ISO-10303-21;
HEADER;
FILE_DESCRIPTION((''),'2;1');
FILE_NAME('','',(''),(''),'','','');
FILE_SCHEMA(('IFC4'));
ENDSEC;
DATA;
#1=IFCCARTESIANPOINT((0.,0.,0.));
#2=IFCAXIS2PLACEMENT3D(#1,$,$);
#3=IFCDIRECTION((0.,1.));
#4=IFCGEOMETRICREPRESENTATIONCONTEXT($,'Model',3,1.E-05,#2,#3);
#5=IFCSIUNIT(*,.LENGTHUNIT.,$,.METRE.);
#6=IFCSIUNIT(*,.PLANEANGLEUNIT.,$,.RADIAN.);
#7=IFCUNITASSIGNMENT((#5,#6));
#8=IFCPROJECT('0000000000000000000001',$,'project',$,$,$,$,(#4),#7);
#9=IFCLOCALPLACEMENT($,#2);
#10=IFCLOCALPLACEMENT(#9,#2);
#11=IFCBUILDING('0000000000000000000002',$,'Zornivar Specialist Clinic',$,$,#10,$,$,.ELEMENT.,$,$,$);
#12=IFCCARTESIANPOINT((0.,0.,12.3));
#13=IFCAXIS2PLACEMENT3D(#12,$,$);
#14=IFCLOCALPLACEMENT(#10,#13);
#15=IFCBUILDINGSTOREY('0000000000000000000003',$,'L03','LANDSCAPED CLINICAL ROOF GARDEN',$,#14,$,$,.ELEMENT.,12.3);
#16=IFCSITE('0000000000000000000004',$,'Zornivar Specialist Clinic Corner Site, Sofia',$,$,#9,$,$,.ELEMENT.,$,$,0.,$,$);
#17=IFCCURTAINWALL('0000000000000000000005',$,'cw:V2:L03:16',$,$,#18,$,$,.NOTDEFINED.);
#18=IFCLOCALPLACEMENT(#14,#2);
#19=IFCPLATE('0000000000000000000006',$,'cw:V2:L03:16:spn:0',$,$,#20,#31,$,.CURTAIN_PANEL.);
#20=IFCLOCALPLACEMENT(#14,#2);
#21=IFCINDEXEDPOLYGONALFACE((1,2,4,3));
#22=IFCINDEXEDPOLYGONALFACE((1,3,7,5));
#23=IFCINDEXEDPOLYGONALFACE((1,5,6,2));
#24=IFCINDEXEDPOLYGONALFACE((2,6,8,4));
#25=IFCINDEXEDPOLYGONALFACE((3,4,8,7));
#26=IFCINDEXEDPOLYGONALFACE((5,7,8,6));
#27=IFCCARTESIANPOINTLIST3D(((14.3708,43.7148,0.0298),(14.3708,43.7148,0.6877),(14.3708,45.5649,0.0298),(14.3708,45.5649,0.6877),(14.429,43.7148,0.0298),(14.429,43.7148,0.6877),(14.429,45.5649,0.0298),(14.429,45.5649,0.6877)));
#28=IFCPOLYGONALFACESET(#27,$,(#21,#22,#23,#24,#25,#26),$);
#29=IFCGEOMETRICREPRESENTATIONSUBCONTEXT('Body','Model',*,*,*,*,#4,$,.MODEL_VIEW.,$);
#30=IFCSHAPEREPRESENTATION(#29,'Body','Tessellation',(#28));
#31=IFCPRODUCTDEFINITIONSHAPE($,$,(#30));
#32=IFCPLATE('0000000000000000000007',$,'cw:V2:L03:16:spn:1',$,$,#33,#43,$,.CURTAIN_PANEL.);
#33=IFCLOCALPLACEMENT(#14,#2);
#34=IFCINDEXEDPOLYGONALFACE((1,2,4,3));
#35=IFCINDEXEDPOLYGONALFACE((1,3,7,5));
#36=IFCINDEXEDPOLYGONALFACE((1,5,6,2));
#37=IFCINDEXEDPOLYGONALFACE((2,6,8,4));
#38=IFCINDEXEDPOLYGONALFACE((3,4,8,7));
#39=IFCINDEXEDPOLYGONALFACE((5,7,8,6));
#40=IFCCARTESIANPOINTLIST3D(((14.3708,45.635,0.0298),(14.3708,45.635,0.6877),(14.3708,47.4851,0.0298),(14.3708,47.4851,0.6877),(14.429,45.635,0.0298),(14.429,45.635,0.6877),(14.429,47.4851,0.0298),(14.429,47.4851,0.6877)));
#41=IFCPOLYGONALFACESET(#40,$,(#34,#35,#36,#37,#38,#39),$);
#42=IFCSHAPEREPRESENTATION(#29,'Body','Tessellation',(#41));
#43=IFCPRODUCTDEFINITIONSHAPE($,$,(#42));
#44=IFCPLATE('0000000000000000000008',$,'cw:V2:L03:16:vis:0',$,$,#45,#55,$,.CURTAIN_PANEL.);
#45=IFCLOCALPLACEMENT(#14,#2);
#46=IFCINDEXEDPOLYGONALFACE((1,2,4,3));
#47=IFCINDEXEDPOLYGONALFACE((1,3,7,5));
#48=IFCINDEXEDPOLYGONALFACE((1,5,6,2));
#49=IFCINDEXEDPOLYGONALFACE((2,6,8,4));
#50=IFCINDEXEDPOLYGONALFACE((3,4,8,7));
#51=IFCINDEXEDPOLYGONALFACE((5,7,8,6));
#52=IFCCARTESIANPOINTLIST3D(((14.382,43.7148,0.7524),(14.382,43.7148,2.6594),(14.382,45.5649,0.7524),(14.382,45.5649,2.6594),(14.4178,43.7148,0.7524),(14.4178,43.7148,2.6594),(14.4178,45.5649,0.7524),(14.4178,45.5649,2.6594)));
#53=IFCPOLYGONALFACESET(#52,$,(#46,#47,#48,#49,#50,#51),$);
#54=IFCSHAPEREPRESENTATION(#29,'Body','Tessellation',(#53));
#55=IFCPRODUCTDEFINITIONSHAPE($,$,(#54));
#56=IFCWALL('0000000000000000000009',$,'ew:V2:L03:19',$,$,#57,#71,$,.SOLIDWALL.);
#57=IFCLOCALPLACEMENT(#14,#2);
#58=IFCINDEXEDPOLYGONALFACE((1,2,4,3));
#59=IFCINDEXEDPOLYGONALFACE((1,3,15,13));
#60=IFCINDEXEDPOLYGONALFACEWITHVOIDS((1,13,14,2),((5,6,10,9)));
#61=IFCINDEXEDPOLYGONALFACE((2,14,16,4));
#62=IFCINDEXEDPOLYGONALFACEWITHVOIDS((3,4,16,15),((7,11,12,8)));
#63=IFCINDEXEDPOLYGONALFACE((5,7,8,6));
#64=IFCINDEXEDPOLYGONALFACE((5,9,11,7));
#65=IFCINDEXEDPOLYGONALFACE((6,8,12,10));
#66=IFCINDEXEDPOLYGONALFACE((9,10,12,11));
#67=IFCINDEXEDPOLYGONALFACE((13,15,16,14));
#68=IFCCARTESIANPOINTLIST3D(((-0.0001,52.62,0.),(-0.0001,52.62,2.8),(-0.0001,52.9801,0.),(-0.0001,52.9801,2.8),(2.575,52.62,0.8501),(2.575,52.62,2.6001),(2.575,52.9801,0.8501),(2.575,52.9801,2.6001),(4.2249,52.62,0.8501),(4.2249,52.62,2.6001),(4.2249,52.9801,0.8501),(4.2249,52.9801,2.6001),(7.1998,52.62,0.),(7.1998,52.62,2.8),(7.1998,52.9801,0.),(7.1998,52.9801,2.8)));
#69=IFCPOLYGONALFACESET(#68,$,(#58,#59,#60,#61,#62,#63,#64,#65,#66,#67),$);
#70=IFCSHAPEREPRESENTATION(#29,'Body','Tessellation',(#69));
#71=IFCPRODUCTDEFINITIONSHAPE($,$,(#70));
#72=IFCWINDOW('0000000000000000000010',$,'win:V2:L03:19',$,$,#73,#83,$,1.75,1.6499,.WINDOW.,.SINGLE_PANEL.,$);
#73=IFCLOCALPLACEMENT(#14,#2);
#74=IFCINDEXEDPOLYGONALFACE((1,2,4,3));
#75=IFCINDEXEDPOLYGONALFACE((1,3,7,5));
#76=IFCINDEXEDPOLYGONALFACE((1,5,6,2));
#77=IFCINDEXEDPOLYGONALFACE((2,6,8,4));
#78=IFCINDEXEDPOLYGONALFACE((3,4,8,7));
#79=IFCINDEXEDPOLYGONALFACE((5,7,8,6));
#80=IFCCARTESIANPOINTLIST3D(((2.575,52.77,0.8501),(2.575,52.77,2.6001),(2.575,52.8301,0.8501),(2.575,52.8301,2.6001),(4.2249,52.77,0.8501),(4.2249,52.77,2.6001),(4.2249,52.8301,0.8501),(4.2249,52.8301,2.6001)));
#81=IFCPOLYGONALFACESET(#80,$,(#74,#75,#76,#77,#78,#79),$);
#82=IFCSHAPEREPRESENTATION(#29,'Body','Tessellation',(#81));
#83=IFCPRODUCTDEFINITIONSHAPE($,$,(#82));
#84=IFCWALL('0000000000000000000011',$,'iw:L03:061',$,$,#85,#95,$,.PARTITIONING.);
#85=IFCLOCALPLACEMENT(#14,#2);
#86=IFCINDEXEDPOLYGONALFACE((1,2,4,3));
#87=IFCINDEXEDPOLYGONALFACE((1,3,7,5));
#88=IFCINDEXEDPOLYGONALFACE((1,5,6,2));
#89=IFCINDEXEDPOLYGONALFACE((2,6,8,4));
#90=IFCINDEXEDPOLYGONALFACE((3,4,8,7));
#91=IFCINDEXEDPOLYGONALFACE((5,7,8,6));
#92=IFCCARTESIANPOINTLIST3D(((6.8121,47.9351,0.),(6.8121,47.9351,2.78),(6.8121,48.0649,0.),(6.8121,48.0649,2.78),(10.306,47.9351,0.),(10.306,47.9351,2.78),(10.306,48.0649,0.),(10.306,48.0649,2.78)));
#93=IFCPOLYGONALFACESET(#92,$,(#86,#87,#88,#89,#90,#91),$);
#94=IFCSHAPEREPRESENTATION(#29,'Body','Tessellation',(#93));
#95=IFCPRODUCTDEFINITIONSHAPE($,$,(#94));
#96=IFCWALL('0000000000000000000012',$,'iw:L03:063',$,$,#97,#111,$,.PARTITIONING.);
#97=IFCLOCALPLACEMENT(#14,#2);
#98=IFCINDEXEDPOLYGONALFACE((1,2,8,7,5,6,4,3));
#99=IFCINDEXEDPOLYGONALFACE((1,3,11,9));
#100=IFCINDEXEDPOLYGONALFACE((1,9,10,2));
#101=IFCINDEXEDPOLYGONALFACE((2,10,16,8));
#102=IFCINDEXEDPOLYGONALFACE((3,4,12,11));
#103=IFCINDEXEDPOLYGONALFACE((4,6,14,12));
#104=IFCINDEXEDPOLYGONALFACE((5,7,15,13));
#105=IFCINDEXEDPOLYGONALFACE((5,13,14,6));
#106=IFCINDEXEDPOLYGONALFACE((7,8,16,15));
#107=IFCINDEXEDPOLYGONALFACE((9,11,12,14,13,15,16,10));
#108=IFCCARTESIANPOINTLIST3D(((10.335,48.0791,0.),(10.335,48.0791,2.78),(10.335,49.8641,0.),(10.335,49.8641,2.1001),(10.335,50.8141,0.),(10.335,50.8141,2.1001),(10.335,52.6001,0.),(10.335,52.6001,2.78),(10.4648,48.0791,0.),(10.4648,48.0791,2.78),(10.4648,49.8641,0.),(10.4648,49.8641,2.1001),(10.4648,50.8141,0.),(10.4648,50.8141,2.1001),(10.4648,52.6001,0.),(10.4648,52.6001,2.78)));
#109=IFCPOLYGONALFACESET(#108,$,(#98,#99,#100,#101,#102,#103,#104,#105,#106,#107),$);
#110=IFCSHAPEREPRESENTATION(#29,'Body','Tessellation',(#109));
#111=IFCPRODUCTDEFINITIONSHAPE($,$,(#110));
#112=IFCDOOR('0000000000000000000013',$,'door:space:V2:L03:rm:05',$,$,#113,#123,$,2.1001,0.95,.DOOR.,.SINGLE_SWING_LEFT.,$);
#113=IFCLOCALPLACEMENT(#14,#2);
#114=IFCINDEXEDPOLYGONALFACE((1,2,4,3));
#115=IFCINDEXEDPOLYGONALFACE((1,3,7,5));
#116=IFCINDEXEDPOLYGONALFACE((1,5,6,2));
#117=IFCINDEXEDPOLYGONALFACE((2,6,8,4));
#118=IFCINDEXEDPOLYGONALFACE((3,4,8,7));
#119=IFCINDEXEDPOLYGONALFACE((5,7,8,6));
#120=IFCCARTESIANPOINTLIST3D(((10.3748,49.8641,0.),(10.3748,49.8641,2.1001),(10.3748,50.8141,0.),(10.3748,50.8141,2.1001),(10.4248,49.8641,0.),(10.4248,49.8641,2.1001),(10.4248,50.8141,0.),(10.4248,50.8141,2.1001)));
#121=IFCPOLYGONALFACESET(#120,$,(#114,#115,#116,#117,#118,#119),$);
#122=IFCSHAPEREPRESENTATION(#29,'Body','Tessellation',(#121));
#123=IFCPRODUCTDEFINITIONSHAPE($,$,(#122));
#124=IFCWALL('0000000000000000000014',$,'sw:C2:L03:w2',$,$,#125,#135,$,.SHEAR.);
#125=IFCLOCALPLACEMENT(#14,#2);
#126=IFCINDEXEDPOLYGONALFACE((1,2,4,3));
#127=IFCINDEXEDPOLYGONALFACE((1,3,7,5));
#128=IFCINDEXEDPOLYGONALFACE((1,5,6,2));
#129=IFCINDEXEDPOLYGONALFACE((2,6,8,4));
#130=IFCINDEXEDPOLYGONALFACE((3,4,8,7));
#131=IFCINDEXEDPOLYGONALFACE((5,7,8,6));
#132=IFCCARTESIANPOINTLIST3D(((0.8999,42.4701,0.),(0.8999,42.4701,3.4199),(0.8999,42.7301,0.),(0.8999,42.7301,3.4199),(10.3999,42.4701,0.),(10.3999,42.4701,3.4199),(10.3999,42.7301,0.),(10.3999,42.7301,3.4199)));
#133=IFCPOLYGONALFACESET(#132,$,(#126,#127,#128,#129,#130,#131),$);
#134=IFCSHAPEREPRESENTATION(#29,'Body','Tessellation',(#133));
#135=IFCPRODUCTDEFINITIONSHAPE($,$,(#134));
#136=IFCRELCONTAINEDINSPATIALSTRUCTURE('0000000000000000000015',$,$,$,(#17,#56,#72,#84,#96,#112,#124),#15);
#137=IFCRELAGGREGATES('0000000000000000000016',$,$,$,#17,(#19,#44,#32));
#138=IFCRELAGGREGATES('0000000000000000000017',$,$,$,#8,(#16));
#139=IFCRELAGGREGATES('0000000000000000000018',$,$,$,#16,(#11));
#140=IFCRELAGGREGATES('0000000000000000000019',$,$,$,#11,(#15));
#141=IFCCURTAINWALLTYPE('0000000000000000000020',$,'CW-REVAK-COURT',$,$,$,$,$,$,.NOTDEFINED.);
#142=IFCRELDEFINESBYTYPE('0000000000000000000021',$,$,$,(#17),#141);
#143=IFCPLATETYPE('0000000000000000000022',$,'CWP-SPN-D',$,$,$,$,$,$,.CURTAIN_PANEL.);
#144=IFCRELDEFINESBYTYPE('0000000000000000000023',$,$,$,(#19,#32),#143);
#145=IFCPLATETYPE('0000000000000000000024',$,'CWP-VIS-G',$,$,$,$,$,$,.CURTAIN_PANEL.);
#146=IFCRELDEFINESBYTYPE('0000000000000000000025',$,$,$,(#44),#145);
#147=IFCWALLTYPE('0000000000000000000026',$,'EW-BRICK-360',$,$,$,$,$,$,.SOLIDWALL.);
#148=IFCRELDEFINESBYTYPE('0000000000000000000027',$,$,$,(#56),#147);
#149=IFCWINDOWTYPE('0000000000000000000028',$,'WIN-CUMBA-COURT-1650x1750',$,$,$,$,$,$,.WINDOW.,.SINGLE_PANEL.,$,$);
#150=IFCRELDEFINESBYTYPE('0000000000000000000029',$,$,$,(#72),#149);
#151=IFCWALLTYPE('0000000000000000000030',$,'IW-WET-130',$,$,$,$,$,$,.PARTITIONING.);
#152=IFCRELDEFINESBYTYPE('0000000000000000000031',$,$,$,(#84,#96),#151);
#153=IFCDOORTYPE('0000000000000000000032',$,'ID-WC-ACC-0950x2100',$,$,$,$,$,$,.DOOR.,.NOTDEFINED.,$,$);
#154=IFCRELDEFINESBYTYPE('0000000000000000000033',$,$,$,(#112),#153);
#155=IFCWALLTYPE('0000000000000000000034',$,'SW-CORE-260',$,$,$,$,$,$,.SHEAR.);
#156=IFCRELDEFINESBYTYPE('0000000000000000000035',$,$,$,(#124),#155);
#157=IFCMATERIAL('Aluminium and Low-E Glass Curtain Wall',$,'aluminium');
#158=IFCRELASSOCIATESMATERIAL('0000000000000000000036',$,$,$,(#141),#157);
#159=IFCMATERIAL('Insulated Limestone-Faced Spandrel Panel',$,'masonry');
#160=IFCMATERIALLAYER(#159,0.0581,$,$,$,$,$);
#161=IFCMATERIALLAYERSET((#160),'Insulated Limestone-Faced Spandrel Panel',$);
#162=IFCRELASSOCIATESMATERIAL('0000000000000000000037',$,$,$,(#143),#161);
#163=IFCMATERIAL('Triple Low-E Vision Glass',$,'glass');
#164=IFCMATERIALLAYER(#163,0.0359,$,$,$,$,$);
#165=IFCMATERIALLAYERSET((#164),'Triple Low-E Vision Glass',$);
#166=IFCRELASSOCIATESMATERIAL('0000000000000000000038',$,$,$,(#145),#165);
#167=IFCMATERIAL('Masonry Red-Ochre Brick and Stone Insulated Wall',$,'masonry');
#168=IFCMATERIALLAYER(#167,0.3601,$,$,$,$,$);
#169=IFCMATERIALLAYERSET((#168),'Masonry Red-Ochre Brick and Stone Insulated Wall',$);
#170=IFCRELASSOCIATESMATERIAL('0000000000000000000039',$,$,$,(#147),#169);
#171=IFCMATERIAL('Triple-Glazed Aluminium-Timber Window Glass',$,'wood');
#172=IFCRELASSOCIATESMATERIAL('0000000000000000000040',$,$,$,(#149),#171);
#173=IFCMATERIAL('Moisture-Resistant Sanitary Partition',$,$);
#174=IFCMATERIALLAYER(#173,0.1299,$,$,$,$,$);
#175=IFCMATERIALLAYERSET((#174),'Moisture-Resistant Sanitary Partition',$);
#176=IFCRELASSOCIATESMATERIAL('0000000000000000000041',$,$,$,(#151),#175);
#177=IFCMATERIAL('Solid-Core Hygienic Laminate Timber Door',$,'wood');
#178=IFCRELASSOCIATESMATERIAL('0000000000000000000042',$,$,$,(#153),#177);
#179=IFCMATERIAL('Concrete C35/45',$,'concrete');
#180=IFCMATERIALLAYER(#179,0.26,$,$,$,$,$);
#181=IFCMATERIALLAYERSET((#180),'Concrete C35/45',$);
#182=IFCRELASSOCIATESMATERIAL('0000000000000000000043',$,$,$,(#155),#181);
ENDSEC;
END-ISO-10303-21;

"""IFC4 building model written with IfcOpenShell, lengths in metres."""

from ifc_helpers import new_model, si_unit, direction, frame, frame_2d, origin, origin_2d, place, context, subcontext, project, spatial, rectangle, extrude, material, layer, layer_set, type_object, element, fill, aggregate, save


model = new_model("IFC4")

# Units and contexts
model_context = context("Model", 3, precision=1e-05, world=origin(), true_north=direction((0.0, 1.0)))
body_context = subcontext(model_context, "Body", "Model", "MODEL_VIEW")
ifc_project = project(units=[si_unit("LENGTHUNIT", "METRE"), si_unit("PLANEANGLEUNIT", "RADIAN")], contexts=[model_context])

# Site, building, storey
site_placement = place(None, origin())
site = spatial("IfcSite", under=ifc_project, at=site_placement, Name="Zornivar Specialist Clinic Corner Site, Sofia", CompositionType="ELEMENT", RefElevation=0.0)
building_placement = place(site_placement, origin())
building = spatial("IfcBuilding", under=site, at=building_placement, Name="Zornivar Specialist Clinic", CompositionType="ELEMENT")
storey_placement = place(building_placement, frame((0.0, 0.0, 12.3)))
storey = spatial("IfcBuildingStorey", under=building, at=storey_placement, Name="L03", Description="LANDSCAPED CLINICAL ROOF GARDEN", CompositionType="ELEMENT", Elevation=12.3)

# Curtain wall, plates
ifc_material_1 = material(Name="Aluminium and Low-E Glass Curtain Wall", Category="aluminium")
curtain_wall_type = type_object("IfcCurtainWallType", Name="CW-REVAK-COURT", PredefinedType="NOTDEFINED", material=ifc_material_1)
curtain_wall_placement = place(storey_placement, origin())
curtain_wall = element("IfcCurtainWall", 1, at=curtain_wall_placement, inside=storey, type_object=curtain_wall_type, Name="cw:V2:L03:16", PredefinedType="NOTDEFINED")
ifc_material_2 = material(Name="Insulated Limestone-Faced Spandrel Panel", Category="masonry")
ifc_layer_1 = layer(ifc_material_2, 0.0581)
ifc_layer_set_1 = layer_set([ifc_layer_1], Name="Insulated Limestone-Faced Spandrel Panel")
plate_type_1 = type_object("IfcPlateType", Name="CWP-SPN-D", PredefinedType="CURTAIN_PANEL", material=ifc_layer_set_1)
plate_1_placement = place(storey_placement, frame((14.3999, 44.6399, 0.0298), z_axis=(0.0, 0.0, 1.0), x_axis=(0.0, 1.0, 0.0)))
plate_1 = element("IfcPlate", 2, at=plate_1_placement, type_object=plate_type_1, Name="cw:V2:L03:16:spn:0", PredefinedType="CURTAIN_PANEL", context=body_context, shape_type="SweptSolid", body=[
    extrude(rectangle(XDim=1.8501, YDim=0.0581, at=origin_2d()), origin(), (0.0, 0.0, 1.0), 0.658),
])
plate_2_placement = place(storey_placement, frame((14.3999, 46.5601, 0.0298), z_axis=(0.0, 0.0, 1.0), x_axis=(0.0, 1.0, 0.0)))
plate_2 = element("IfcPlate", 3, at=plate_2_placement, type_object=plate_type_1, Name="cw:V2:L03:16:spn:1", PredefinedType="CURTAIN_PANEL", context=body_context, shape_type="SweptSolid", body=[
    extrude(rectangle(XDim=1.8501, YDim=0.0581, at=origin_2d()), origin(), (0.0, 0.0, 1.0), 0.658),
])
ifc_material_3 = material(Name="Triple Low-E Vision Glass", Category="glass")
ifc_layer_2 = layer(ifc_material_3, 0.0359)
ifc_layer_set_2 = layer_set([ifc_layer_2], Name="Triple Low-E Vision Glass")
plate_type_2 = type_object("IfcPlateType", Name="CWP-VIS-G", PredefinedType="CURTAIN_PANEL", material=ifc_layer_set_2)
plate_3_placement = place(storey_placement, frame((14.3999, 44.6399, 0.7524), z_axis=(0.0, 0.0, 1.0), x_axis=(0.0, 1.0, 0.0)))
plate_3 = element("IfcPlate", 4, at=plate_3_placement, type_object=plate_type_2, Name="cw:V2:L03:16:vis:0", PredefinedType="CURTAIN_PANEL", context=body_context, shape_type="SweptSolid", body=[
    extrude(rectangle(XDim=1.8501, YDim=0.0359, at=origin_2d()), origin(), (0.0, 0.0, 1.0), 1.907),
])
aggregate(curtain_wall, [plate_1, plate_3, plate_2])

# Wall, opening, window
ifc_material_4 = material(Name="Masonry Red-Ochre Brick and Stone Insulated Wall", Category="masonry")
ifc_layer_3 = layer(ifc_material_4, 0.3601)
ifc_layer_set_3 = layer_set([ifc_layer_3], Name="Masonry Red-Ochre Brick and Stone Insulated Wall")
wall_type_1 = type_object("IfcWallType", Name="EW-BRICK-360", PredefinedType="SOLIDWALL", material=ifc_layer_set_3)
wall_1_placement = place(storey_placement, frame((7.2, 52.8, 0.0), z_axis=(0.0, 0.0, 1.0), x_axis=(-1.0, 0.0, 0.0)))
wall_1 = element("IfcWall", 5, at=wall_1_placement, inside=storey, type_object=wall_type_1, Name="ew:V2:L03:19", PredefinedType="SOLIDWALL", context=body_context, shape_type="SweptSolid", body=[
    extrude(rectangle(XDim=7.2, YDim=0.3601, at=frame_2d((3.6001, 0.0))), origin(), (0.0, 0.0, 1.0), 2.8),
])
opening_1_placement = place(wall_1_placement, frame((2.9751, 0.0, 0.8501)))
opening_1 = element("IfcOpeningElement", 6, at=opening_1_placement, cuts=wall_1, PredefinedType="OPENING", context=body_context, shape_type="SweptSolid", body=[
    extrude(rectangle(XDim=1.6499, YDim=1.75, at=frame_2d((0.825, 0.875))), frame((0.0, 0.1899, 0.0), z_axis=(0.0, -1.0, 0.0), x_axis=(1.0, 0.0, 0.0)), (0.0, 0.0, 1.0), 0.3801),
])
ifc_material_5 = material(Name="Triple-Glazed Aluminium-Timber Window Glass", Category="wood")
window_type = type_object("IfcWindowType", Name="WIN-CUMBA-COURT-1650x1750", PartitioningType="SINGLE_PANEL", PredefinedType="WINDOW", material=ifc_material_5)
window_placement = place(opening_1_placement, origin())
window = element("IfcWindow", 7, at=window_placement, inside=storey, type_object=window_type, Name="win:V2:L03:19", OverallHeight=1.75, OverallWidth=1.6499, PartitioningType="SINGLE_PANEL", PredefinedType="WINDOW", context=body_context, shape_type="SweptSolid", body=[
    extrude(rectangle(XDim=1.6499, YDim=1.75, at=frame_2d((0.825, 0.875))), frame((0.0, 0.03, 0.0), z_axis=(0.0, -1.0, 0.0), x_axis=(1.0, 0.0, 0.0)), (0.0, 0.0, 1.0), 0.0601),
])
fill(opening_1, window)

# Wall
ifc_material_6 = material(Name="Moisture-Resistant Sanitary Partition")
ifc_layer_4 = layer(ifc_material_6, 0.1299)
ifc_layer_set_4 = layer_set([ifc_layer_4], Name="Moisture-Resistant Sanitary Partition")
wall_type_2 = type_object("IfcWallType", Name="IW-WET-130", PredefinedType="PARTITIONING", material=ifc_layer_set_4)
wall_2_placement = place(storey_placement, frame((6.812, 48.0, 0.0), z_axis=(0.0, 0.0, 1.0), x_axis=(1.0, 0.0, 0.0)))
element("IfcWall", 8, at=wall_2_placement, inside=storey, type_object=wall_type_2, Name="iw:L03:061", PredefinedType="PARTITIONING", context=body_context, shape_type="SweptSolid", body=[
    extrude(rectangle(XDim=3.4939, YDim=0.1299, at=frame_2d((1.7471, 0.0))), origin(), (0.0, 0.0, 1.0), 2.78),
])

# Wall, opening, door
wall_3_placement = place(storey_placement, frame((10.3999, 52.6001, 0.0), z_axis=(0.0, 0.0, 1.0), x_axis=(0.0, -1.0, 0.0)))
wall_3 = element("IfcWall", 9, at=wall_3_placement, inside=storey, type_object=wall_type_2, Name="iw:L03:063", PredefinedType="PARTITIONING", context=body_context, shape_type="SweptSolid", body=[
    extrude(rectangle(XDim=4.521, YDim=0.1299, at=frame_2d((2.2605, 0.0))), origin(), (0.0, 0.0, 1.0), 2.78),
])
opening_2_placement = place(wall_3_placement, frame((1.7859, 0.0, 0.0)))
opening_2 = element("IfcOpeningElement", 10, at=opening_2_placement, cuts=wall_3, PredefinedType="OPENING", context=body_context, shape_type="SweptSolid", body=[
    extrude(rectangle(XDim=0.95, YDim=2.1001, at=frame_2d((0.4751, 1.05))), frame((0.0, 0.075, 0.0), z_axis=(0.0, -1.0, 0.0), x_axis=(1.0, 0.0, 0.0)), (0.0, 0.0, 1.0), 0.1499),
])
ifc_material_7 = material(Name="Solid-Core Hygienic Laminate Timber Door", Category="wood")
door_type_1 = type_object("IfcDoorType", Name="ID-WC-ACC-0950x2100", OperationType="NOTDEFINED", PredefinedType="DOOR", material=ifc_material_7)
door_1_placement = place(opening_2_placement, origin())
door_1 = element("IfcDoor", 11, at=door_1_placement, inside=storey, type_object=door_type_1, Name="door:space:V2:L03:rm:05", OperationType="SINGLE_SWING_LEFT", OverallHeight=2.1001, OverallWidth=0.95, PredefinedType="DOOR", context=body_context, shape_type="SweptSolid", body=[
    extrude(rectangle(XDim=0.95, YDim=2.1001, at=frame_2d((0.4751, 1.05))), frame((0.0, 0.0249, 0.0), z_axis=(0.0, -1.0, 0.0), x_axis=(1.0, 0.0, 0.0)), (0.0, 0.0, 1.0), 0.05),
])
fill(opening_2, door_1)

# Wall
ifc_material_8 = material(Name="Concrete C35/45", Category="concrete")
ifc_layer_5 = layer(ifc_material_8, 0.26)
ifc_layer_set_5 = layer_set([ifc_layer_5], Name="Concrete C35/45")
wall_type_3 = type_object("IfcWallType", Name="SW-CORE-260", PredefinedType="SHEAR", material=ifc_layer_set_5)
wall_4_placement = place(storey_placement, frame((10.3999, 42.6001, 0.0), z_axis=(0.0, 0.0, 1.0), x_axis=(-1.0, 0.0, 0.0)))
element("IfcWall", 12, at=wall_4_placement, inside=storey, type_object=wall_type_3, Name="sw:C2:L03:w2", PredefinedType="SHEAR", context=body_context, shape_type="SweptSolid", body=[
    extrude(rectangle(XDim=9.5, YDim=0.26, at=frame_2d((4.75, 0.0))), origin(), (0.0, 0.0, 1.0), 3.4199),
])

save(model, "model.ifc")
